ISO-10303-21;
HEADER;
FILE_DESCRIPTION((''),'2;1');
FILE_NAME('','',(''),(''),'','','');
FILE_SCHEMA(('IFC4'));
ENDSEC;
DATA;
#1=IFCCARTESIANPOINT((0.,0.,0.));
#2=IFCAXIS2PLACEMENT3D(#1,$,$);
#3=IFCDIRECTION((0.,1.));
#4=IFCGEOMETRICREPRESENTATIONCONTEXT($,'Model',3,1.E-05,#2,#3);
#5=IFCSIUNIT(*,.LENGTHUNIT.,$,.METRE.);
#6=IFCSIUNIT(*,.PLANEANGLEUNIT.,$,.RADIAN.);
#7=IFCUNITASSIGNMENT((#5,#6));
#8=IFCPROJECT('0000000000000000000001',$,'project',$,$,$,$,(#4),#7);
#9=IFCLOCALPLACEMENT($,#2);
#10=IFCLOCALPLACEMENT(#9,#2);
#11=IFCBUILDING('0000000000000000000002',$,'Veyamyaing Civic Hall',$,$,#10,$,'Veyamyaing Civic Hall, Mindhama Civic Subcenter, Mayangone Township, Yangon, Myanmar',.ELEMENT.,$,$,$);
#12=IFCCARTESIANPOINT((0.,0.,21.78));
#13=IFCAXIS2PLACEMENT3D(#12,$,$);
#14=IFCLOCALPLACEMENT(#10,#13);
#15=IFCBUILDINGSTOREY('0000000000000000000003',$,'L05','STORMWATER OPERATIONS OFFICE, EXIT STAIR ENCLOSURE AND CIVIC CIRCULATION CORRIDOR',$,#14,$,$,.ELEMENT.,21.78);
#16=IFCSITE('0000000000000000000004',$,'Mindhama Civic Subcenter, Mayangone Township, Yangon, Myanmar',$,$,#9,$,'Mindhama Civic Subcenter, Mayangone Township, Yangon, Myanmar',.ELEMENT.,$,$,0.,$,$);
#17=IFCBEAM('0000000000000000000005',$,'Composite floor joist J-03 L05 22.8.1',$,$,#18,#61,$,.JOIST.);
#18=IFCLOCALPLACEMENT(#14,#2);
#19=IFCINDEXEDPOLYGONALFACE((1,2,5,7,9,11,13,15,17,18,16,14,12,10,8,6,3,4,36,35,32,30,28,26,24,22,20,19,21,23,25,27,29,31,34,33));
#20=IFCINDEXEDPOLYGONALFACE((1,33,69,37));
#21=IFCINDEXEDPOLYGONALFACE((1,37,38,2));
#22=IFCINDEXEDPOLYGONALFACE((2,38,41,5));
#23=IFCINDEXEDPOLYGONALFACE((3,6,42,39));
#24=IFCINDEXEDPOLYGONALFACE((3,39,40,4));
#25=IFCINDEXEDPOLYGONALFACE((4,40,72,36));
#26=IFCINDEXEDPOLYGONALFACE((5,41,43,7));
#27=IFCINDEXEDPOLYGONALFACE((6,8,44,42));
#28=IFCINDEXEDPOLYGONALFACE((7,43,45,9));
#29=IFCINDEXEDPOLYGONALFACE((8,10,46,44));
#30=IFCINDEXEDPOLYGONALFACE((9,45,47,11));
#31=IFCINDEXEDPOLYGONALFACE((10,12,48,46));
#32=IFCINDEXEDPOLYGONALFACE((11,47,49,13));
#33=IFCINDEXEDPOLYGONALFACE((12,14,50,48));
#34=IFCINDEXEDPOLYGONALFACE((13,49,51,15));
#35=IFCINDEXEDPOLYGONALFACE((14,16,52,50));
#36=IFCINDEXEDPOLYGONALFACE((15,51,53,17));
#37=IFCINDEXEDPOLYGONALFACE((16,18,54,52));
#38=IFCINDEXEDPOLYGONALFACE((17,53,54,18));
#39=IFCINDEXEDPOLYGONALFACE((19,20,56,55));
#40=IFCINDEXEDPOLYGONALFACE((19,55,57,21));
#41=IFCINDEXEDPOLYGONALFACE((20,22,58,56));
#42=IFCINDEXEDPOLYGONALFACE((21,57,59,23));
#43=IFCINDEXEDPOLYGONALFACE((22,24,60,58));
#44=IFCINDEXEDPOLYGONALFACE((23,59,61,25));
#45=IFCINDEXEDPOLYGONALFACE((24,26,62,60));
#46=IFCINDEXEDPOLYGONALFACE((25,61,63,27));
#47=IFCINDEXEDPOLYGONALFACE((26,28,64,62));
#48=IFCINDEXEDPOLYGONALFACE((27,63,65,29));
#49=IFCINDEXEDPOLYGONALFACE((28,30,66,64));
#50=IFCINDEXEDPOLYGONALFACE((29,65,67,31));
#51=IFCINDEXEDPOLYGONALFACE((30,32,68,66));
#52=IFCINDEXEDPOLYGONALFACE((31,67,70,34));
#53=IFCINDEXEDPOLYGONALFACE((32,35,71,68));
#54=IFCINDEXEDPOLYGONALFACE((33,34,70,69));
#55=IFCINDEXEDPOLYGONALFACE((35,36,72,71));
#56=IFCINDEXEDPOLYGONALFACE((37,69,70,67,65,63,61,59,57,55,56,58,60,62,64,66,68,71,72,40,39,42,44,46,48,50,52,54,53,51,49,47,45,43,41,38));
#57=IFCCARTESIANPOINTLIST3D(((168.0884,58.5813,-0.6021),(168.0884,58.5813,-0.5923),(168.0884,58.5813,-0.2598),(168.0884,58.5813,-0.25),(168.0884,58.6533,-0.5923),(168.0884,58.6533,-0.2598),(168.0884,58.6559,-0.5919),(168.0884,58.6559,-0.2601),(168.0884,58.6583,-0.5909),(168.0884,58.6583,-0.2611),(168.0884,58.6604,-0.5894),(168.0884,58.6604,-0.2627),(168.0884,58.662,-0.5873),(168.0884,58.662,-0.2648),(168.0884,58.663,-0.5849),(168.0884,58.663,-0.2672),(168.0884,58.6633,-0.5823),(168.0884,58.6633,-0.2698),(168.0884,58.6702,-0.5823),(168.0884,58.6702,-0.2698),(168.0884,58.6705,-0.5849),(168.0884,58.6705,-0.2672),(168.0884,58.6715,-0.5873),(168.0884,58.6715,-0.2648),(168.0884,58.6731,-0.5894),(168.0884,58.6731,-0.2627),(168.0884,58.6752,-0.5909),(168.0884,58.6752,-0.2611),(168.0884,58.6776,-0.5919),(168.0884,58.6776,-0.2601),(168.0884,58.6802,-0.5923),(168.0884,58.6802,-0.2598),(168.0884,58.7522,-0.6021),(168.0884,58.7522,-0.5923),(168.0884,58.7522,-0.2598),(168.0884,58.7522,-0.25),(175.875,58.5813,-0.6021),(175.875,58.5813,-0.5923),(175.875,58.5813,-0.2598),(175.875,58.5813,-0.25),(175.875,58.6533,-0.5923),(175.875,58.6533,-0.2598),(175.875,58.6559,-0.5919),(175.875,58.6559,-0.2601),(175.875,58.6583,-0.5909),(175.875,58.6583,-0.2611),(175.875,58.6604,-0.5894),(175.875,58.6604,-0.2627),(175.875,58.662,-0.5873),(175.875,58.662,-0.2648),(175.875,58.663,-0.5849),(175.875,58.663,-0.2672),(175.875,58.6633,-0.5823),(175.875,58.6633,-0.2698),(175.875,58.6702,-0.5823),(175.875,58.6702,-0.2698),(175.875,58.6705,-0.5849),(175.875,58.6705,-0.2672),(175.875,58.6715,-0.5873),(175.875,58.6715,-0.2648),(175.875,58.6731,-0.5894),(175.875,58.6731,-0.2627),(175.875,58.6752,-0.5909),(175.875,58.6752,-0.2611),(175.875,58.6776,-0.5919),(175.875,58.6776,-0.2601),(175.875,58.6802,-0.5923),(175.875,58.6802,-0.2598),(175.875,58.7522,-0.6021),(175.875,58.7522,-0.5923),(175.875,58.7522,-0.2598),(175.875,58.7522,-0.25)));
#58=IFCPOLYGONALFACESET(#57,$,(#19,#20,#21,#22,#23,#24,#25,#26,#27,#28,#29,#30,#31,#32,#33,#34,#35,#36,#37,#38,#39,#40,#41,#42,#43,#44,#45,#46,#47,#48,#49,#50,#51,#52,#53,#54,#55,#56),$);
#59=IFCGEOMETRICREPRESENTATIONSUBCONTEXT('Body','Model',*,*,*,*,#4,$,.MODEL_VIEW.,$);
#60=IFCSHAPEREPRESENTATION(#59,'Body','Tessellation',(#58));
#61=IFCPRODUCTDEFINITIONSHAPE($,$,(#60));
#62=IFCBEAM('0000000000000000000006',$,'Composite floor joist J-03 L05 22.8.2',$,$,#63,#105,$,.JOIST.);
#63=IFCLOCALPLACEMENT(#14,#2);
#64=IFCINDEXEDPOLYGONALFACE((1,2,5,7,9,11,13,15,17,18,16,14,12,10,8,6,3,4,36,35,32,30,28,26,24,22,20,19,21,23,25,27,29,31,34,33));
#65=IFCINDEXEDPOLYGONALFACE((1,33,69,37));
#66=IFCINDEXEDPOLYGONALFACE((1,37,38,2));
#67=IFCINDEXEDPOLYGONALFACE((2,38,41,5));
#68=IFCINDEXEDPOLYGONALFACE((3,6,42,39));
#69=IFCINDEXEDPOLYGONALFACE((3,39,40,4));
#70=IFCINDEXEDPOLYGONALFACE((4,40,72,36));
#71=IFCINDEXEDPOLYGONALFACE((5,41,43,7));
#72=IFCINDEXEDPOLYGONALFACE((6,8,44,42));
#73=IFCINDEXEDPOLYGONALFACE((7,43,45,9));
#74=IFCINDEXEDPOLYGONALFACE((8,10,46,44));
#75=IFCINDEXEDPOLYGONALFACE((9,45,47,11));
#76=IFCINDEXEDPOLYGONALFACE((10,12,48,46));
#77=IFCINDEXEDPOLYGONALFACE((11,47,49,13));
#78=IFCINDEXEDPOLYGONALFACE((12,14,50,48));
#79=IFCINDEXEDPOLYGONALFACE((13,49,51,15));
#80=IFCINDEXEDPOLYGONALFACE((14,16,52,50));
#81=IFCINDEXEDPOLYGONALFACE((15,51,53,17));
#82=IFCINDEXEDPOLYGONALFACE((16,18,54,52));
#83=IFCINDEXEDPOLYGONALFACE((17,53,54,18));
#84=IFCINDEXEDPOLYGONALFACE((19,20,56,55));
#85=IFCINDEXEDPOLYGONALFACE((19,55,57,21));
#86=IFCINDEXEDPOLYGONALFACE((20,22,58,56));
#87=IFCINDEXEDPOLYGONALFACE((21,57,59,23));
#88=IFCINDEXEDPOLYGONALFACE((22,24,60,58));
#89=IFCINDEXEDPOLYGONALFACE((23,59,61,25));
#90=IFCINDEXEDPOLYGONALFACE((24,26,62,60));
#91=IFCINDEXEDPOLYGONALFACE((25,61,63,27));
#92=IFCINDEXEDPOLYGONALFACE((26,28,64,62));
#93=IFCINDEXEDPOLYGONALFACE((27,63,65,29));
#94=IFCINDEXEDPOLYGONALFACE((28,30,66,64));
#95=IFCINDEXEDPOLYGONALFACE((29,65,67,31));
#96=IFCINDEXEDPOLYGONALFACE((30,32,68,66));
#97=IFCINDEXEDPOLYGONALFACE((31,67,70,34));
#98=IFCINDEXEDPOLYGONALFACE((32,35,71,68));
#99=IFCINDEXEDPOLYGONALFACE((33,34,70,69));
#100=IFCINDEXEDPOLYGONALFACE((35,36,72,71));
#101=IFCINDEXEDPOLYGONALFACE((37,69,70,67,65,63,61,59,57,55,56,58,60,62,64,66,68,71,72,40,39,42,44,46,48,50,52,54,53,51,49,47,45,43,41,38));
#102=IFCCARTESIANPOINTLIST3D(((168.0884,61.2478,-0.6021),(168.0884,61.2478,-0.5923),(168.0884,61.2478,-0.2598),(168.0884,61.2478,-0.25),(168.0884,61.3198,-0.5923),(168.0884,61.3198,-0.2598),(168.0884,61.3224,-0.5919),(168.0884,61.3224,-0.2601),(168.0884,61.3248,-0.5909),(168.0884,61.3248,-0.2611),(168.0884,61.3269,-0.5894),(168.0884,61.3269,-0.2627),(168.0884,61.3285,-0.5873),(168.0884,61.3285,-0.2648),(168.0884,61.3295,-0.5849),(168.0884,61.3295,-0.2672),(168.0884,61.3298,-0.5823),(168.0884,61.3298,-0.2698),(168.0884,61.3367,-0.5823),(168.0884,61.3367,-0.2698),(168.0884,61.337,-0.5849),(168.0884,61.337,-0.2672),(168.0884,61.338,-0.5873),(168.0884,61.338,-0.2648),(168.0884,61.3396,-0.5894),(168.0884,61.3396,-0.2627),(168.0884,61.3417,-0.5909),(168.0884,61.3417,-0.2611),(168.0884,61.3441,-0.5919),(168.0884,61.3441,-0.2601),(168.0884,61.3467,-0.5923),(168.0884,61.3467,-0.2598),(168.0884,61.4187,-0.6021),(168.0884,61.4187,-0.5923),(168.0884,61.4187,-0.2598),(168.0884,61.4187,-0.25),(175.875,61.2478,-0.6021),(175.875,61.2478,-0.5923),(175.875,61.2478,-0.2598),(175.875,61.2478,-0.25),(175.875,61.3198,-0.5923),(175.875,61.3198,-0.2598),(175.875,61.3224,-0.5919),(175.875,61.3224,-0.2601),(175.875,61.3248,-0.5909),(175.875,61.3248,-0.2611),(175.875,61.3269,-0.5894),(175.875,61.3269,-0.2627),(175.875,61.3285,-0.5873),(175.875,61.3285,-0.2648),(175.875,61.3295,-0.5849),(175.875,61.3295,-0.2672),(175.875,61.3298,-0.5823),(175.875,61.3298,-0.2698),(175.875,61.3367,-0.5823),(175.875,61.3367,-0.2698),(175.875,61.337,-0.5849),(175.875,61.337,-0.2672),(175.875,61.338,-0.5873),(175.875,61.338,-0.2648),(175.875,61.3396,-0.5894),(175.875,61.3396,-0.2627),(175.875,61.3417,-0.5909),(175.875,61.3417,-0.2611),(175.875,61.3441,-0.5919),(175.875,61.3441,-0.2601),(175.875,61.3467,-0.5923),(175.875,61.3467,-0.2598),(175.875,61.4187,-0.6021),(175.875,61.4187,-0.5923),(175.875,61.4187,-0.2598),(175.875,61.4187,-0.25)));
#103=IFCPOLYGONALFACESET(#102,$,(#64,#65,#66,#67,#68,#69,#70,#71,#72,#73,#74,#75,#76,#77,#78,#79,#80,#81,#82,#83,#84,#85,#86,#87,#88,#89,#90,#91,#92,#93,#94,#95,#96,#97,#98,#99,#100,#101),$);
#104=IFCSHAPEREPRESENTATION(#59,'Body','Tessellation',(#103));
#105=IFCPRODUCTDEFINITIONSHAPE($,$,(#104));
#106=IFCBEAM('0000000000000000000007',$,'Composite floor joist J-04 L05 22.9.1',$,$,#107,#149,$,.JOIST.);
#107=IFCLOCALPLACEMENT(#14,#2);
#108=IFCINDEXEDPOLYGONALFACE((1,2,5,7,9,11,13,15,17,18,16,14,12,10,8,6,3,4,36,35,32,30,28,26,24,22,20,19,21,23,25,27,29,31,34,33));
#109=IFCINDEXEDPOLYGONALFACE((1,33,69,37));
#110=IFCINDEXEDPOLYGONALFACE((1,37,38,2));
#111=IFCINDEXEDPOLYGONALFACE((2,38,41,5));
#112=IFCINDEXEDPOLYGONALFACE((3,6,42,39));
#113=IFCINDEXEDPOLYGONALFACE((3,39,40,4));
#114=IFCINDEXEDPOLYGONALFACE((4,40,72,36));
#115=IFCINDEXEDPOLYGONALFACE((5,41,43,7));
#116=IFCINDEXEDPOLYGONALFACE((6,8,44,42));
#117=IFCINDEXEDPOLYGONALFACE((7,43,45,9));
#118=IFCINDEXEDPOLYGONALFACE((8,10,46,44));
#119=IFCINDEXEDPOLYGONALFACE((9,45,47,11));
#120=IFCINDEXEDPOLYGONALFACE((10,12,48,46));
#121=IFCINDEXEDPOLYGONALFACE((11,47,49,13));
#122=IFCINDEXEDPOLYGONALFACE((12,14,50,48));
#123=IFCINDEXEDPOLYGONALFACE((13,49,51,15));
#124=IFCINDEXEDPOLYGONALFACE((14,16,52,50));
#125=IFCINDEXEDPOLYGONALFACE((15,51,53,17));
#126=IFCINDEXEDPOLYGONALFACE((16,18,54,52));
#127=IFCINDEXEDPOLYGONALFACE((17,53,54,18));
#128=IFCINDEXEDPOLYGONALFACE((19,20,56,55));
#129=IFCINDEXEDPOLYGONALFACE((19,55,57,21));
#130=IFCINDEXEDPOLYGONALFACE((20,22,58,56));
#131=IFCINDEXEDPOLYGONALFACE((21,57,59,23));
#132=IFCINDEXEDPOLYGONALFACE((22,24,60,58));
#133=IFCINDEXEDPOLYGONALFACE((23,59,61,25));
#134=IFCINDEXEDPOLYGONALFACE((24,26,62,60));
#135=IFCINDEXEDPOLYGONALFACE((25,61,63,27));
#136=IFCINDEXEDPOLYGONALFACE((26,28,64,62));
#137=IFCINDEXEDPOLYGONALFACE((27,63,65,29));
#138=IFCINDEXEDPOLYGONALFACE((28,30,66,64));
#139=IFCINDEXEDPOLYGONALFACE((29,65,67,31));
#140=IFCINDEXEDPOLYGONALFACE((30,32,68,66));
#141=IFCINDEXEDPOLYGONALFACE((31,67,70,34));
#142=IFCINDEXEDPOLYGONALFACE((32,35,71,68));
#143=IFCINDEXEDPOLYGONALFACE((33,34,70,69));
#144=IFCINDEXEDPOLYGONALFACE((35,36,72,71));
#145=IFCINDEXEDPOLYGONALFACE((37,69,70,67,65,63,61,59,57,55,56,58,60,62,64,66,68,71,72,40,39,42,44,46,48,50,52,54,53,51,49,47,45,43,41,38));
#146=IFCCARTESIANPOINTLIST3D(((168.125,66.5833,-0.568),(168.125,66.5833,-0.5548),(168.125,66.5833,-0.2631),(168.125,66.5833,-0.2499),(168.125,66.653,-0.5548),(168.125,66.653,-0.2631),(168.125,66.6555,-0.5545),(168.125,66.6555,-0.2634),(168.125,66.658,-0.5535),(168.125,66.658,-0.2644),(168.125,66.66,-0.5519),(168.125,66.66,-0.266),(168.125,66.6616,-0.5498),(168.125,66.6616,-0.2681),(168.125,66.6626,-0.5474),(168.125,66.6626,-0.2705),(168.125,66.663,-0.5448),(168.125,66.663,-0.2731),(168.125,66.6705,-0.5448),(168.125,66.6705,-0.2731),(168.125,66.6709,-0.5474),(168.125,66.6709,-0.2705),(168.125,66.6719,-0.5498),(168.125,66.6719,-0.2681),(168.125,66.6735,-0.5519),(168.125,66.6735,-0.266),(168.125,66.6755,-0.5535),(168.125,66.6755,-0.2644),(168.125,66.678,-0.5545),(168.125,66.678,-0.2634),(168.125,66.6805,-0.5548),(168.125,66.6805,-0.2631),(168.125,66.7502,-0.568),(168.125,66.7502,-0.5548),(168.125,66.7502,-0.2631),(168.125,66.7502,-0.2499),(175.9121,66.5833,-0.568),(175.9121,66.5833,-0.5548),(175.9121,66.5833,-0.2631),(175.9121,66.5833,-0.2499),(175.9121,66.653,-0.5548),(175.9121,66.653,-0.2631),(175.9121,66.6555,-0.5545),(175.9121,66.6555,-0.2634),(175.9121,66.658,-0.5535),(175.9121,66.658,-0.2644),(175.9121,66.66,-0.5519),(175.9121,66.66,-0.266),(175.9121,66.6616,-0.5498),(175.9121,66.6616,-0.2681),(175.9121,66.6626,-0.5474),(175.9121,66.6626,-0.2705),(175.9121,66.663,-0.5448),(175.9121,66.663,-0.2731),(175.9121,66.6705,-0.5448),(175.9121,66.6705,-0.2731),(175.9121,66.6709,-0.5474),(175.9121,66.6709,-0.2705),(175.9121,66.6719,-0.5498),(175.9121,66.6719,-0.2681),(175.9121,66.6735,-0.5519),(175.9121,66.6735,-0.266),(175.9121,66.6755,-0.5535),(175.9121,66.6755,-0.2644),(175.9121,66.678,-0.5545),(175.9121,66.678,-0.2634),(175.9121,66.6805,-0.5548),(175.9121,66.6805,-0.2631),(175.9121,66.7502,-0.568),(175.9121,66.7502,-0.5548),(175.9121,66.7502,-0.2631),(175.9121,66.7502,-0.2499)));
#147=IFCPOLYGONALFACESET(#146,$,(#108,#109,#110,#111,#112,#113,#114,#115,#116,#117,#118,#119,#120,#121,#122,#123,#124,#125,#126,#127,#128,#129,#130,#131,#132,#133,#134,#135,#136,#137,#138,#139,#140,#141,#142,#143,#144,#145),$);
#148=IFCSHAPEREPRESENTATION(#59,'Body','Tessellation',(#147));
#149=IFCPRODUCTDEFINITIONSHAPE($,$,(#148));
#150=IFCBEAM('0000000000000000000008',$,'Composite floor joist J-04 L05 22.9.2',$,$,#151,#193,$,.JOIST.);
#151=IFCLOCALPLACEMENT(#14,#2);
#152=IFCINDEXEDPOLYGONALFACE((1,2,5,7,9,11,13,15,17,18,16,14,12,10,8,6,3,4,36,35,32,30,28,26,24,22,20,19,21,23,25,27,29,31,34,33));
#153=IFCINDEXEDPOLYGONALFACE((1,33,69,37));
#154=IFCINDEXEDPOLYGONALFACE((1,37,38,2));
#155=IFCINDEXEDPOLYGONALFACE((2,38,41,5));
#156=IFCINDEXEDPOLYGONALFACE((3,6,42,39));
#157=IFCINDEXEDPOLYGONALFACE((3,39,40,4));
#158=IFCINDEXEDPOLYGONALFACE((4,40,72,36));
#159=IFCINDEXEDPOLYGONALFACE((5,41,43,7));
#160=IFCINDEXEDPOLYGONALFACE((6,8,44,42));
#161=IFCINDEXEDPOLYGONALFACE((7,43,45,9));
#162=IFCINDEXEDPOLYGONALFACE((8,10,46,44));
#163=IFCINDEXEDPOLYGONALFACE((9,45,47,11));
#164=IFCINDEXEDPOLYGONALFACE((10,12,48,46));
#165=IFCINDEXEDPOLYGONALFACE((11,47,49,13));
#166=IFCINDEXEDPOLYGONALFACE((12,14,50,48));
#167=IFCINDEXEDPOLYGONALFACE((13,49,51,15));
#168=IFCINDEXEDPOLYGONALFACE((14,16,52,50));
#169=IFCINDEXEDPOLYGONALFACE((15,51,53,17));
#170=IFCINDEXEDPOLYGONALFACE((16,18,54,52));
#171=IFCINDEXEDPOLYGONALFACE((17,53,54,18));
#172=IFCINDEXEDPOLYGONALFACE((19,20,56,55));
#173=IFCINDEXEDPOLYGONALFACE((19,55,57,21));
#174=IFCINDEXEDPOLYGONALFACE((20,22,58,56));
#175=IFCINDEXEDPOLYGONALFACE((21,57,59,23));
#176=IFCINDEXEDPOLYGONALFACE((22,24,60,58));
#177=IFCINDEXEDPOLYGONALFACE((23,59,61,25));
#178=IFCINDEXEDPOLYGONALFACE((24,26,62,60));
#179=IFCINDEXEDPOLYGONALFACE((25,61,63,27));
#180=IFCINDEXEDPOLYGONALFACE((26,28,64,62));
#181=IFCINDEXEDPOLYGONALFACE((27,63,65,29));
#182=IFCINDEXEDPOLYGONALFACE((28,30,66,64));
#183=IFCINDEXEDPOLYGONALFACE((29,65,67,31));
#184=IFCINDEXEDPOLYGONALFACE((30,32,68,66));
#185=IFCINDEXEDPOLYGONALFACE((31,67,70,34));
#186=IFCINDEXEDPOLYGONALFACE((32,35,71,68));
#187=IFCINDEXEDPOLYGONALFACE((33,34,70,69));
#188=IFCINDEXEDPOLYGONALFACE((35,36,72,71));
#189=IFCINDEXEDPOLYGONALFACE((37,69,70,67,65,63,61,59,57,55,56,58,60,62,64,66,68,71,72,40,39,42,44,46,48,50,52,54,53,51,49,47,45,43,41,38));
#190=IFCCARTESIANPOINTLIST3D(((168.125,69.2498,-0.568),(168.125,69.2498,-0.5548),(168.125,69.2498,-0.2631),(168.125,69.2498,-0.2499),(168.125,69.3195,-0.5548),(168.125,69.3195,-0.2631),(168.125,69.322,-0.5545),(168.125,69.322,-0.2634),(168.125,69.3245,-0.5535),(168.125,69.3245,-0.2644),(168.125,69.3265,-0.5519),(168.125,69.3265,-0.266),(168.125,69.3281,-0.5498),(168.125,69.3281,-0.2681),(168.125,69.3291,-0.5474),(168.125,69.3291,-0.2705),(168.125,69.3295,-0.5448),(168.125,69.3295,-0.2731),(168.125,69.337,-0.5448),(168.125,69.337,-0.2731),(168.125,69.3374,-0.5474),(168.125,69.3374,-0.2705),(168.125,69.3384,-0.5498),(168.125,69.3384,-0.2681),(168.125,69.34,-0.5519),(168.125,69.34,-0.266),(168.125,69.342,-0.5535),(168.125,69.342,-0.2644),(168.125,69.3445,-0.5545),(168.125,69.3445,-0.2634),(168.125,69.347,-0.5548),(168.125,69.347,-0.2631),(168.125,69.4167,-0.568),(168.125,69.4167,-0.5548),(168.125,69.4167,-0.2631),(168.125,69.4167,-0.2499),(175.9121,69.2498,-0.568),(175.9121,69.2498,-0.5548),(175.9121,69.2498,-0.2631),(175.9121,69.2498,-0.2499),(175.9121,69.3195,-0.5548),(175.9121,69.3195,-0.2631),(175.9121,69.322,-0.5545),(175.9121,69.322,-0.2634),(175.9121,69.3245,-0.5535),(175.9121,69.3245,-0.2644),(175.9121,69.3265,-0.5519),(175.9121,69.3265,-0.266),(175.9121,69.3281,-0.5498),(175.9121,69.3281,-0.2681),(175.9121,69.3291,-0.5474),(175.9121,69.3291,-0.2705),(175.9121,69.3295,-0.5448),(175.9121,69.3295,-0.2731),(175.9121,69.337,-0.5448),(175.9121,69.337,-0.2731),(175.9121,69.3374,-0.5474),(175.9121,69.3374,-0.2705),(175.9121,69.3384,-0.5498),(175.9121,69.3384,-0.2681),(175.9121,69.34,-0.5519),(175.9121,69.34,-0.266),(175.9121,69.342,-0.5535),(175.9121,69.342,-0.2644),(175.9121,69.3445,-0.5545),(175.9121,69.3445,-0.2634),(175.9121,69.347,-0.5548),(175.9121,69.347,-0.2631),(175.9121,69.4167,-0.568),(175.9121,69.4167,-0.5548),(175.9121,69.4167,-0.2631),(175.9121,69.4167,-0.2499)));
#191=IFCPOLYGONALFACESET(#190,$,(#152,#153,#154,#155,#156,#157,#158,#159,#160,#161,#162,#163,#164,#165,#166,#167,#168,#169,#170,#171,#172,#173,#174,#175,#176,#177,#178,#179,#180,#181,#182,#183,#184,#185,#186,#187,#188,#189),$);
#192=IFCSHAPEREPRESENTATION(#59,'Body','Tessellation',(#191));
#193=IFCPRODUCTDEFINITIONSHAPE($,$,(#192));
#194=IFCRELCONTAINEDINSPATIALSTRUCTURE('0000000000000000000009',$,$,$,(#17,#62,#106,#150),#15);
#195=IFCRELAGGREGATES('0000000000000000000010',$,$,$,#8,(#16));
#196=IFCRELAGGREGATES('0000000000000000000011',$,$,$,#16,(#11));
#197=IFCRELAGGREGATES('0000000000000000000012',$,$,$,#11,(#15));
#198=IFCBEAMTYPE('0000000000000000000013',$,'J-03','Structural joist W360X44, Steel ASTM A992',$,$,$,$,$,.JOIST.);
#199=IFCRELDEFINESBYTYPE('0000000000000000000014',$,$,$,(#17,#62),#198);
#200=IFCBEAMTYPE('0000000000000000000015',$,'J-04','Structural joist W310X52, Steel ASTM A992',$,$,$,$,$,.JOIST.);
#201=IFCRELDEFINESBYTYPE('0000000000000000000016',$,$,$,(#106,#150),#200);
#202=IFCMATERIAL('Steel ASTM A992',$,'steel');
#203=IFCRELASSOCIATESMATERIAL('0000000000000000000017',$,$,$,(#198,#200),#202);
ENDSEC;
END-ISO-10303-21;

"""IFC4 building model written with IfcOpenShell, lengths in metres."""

from ifc_helpers import new_model, si_unit, direction, frame, origin, origin_2d, place, context, subcontext, project, spatial, i_section, extrude, material, material_profile, profile_set, type_object, element, save


model = new_model("IFC4")

# Units and contexts
model_context = context("Model", 3, precision=1e-05, world=origin(), true_north=direction((0.0, 1.0)))
body_context = subcontext(model_context, "Body", "Model", "MODEL_VIEW")
ifc_project = project(units=[si_unit("LENGTHUNIT", "METRE"), si_unit("PLANEANGLEUNIT", "RADIAN")], contexts=[model_context])

# Site, building, storey
site_placement = place(None, origin())
site = spatial("IfcSite", under=ifc_project, at=site_placement, Name="Mindhama Civic Subcenter, Mayangone Township, Yangon, Myanmar", LongName="Mindhama Civic Subcenter, Mayangone Township, Yangon, Myanmar", CompositionType="ELEMENT", RefElevation=0.0)
building_placement = place(site_placement, origin())
building = spatial("IfcBuilding", under=site, at=building_placement, Name="Veyamyaing Civic Hall", LongName="Veyamyaing Civic Hall, Mindhama Civic Subcenter, Mayangone Township, Yangon, Myanmar", CompositionType="ELEMENT")
storey_placement = place(building_placement, frame((0.0, 0.0, 21.78)))
storey = spatial("IfcBuildingStorey", under=building, at=storey_placement, Name="L05", Description="STORMWATER OPERATIONS OFFICE, EXIT STAIR ENCLOSURE AND CIVIC CIRCULATION CORRIDOR", CompositionType="ELEMENT", Elevation=21.78)

# Beams
ifc_material_1 = material(Name="Steel ASTM A992", Category="steel")
ifc_material_profile_1 = material_profile(ifc_material_1, i_section(OverallWidth=0.1709, OverallDepth=0.3521, WebThickness=0.0068, FlangeThickness=0.0098, FilletRadius=0.01, at=origin_2d()), Name="W360X44")
ifc_profile_set_1 = profile_set([ifc_material_profile_1], Name="Steel ASTM A992")
beam_type_1 = type_object("IfcBeamType", Name="J-03", Description="Structural joist W360X44, Steel ASTM A992", PredefinedType="JOIST", material=ifc_profile_set_1)
for number, where, z_axis, x_axis, name in (
    (1, (168.0884, 58.6667, -0.426), (1.0, 0.0, 0.0), (0.0, 1.0, 0.0), "Composite floor joist J-03 L05 22.8.1"),
    (2, (168.0884, 61.3333, -0.426), (1.0, 0.0, 0.0), (0.0, 1.0, 0.0), "Composite floor joist J-03 L05 22.8.2"),
):
    element("IfcBeam", number, at=place(storey_placement, frame(where, z_axis=z_axis, x_axis=x_axis)), inside=storey, type_object=beam_type_1, Name=name, PredefinedType="JOIST", context=body_context, shape_type="SweptSolid", body=[
        extrude(i_section(OverallWidth=0.1709, OverallDepth=0.3521, WebThickness=0.0068, FlangeThickness=0.0098, FilletRadius=0.01, at=origin_2d()), origin(), (0.0, 0.0, 1.0), 7.7866),
    ])
ifc_material_profile_2 = material_profile(ifc_material_1, i_section(OverallWidth=0.167, OverallDepth=0.3181, WebThickness=0.0076, FlangeThickness=0.0132, FilletRadius=0.01, at=origin_2d()), Name="W310X52")
ifc_profile_set_2 = profile_set([ifc_material_profile_2], Name="Steel ASTM A992")
beam_type_2 = type_object("IfcBeamType", Name="J-04", Description="Structural joist W310X52, Steel ASTM A992", PredefinedType="JOIST", material=ifc_profile_set_2)
for number, where, z_axis, x_axis, name in (
    (3, (168.125, 66.6667, -0.4089), (1.0, 0.0, 0.0), (0.0, 1.0, 0.0), "Composite floor joist J-04 L05 22.9.1"),
    (4, (168.125, 69.3333, -0.4089), (1.0, 0.0, 0.0), (0.0, 1.0, 0.0), "Composite floor joist J-04 L05 22.9.2"),
):
    element("IfcBeam", number, at=place(storey_placement, frame(where, z_axis=z_axis, x_axis=x_axis)), inside=storey, type_object=beam_type_2, Name=name, PredefinedType="JOIST", context=body_context, shape_type="SweptSolid", body=[
        extrude(i_section(OverallWidth=0.167, OverallDepth=0.3181, WebThickness=0.0076, FlangeThickness=0.0132, FilletRadius=0.01, at=origin_2d()), origin(), (0.0, 0.0, 1.0), 7.7871),
    ])

save(model, "model.ifc")
